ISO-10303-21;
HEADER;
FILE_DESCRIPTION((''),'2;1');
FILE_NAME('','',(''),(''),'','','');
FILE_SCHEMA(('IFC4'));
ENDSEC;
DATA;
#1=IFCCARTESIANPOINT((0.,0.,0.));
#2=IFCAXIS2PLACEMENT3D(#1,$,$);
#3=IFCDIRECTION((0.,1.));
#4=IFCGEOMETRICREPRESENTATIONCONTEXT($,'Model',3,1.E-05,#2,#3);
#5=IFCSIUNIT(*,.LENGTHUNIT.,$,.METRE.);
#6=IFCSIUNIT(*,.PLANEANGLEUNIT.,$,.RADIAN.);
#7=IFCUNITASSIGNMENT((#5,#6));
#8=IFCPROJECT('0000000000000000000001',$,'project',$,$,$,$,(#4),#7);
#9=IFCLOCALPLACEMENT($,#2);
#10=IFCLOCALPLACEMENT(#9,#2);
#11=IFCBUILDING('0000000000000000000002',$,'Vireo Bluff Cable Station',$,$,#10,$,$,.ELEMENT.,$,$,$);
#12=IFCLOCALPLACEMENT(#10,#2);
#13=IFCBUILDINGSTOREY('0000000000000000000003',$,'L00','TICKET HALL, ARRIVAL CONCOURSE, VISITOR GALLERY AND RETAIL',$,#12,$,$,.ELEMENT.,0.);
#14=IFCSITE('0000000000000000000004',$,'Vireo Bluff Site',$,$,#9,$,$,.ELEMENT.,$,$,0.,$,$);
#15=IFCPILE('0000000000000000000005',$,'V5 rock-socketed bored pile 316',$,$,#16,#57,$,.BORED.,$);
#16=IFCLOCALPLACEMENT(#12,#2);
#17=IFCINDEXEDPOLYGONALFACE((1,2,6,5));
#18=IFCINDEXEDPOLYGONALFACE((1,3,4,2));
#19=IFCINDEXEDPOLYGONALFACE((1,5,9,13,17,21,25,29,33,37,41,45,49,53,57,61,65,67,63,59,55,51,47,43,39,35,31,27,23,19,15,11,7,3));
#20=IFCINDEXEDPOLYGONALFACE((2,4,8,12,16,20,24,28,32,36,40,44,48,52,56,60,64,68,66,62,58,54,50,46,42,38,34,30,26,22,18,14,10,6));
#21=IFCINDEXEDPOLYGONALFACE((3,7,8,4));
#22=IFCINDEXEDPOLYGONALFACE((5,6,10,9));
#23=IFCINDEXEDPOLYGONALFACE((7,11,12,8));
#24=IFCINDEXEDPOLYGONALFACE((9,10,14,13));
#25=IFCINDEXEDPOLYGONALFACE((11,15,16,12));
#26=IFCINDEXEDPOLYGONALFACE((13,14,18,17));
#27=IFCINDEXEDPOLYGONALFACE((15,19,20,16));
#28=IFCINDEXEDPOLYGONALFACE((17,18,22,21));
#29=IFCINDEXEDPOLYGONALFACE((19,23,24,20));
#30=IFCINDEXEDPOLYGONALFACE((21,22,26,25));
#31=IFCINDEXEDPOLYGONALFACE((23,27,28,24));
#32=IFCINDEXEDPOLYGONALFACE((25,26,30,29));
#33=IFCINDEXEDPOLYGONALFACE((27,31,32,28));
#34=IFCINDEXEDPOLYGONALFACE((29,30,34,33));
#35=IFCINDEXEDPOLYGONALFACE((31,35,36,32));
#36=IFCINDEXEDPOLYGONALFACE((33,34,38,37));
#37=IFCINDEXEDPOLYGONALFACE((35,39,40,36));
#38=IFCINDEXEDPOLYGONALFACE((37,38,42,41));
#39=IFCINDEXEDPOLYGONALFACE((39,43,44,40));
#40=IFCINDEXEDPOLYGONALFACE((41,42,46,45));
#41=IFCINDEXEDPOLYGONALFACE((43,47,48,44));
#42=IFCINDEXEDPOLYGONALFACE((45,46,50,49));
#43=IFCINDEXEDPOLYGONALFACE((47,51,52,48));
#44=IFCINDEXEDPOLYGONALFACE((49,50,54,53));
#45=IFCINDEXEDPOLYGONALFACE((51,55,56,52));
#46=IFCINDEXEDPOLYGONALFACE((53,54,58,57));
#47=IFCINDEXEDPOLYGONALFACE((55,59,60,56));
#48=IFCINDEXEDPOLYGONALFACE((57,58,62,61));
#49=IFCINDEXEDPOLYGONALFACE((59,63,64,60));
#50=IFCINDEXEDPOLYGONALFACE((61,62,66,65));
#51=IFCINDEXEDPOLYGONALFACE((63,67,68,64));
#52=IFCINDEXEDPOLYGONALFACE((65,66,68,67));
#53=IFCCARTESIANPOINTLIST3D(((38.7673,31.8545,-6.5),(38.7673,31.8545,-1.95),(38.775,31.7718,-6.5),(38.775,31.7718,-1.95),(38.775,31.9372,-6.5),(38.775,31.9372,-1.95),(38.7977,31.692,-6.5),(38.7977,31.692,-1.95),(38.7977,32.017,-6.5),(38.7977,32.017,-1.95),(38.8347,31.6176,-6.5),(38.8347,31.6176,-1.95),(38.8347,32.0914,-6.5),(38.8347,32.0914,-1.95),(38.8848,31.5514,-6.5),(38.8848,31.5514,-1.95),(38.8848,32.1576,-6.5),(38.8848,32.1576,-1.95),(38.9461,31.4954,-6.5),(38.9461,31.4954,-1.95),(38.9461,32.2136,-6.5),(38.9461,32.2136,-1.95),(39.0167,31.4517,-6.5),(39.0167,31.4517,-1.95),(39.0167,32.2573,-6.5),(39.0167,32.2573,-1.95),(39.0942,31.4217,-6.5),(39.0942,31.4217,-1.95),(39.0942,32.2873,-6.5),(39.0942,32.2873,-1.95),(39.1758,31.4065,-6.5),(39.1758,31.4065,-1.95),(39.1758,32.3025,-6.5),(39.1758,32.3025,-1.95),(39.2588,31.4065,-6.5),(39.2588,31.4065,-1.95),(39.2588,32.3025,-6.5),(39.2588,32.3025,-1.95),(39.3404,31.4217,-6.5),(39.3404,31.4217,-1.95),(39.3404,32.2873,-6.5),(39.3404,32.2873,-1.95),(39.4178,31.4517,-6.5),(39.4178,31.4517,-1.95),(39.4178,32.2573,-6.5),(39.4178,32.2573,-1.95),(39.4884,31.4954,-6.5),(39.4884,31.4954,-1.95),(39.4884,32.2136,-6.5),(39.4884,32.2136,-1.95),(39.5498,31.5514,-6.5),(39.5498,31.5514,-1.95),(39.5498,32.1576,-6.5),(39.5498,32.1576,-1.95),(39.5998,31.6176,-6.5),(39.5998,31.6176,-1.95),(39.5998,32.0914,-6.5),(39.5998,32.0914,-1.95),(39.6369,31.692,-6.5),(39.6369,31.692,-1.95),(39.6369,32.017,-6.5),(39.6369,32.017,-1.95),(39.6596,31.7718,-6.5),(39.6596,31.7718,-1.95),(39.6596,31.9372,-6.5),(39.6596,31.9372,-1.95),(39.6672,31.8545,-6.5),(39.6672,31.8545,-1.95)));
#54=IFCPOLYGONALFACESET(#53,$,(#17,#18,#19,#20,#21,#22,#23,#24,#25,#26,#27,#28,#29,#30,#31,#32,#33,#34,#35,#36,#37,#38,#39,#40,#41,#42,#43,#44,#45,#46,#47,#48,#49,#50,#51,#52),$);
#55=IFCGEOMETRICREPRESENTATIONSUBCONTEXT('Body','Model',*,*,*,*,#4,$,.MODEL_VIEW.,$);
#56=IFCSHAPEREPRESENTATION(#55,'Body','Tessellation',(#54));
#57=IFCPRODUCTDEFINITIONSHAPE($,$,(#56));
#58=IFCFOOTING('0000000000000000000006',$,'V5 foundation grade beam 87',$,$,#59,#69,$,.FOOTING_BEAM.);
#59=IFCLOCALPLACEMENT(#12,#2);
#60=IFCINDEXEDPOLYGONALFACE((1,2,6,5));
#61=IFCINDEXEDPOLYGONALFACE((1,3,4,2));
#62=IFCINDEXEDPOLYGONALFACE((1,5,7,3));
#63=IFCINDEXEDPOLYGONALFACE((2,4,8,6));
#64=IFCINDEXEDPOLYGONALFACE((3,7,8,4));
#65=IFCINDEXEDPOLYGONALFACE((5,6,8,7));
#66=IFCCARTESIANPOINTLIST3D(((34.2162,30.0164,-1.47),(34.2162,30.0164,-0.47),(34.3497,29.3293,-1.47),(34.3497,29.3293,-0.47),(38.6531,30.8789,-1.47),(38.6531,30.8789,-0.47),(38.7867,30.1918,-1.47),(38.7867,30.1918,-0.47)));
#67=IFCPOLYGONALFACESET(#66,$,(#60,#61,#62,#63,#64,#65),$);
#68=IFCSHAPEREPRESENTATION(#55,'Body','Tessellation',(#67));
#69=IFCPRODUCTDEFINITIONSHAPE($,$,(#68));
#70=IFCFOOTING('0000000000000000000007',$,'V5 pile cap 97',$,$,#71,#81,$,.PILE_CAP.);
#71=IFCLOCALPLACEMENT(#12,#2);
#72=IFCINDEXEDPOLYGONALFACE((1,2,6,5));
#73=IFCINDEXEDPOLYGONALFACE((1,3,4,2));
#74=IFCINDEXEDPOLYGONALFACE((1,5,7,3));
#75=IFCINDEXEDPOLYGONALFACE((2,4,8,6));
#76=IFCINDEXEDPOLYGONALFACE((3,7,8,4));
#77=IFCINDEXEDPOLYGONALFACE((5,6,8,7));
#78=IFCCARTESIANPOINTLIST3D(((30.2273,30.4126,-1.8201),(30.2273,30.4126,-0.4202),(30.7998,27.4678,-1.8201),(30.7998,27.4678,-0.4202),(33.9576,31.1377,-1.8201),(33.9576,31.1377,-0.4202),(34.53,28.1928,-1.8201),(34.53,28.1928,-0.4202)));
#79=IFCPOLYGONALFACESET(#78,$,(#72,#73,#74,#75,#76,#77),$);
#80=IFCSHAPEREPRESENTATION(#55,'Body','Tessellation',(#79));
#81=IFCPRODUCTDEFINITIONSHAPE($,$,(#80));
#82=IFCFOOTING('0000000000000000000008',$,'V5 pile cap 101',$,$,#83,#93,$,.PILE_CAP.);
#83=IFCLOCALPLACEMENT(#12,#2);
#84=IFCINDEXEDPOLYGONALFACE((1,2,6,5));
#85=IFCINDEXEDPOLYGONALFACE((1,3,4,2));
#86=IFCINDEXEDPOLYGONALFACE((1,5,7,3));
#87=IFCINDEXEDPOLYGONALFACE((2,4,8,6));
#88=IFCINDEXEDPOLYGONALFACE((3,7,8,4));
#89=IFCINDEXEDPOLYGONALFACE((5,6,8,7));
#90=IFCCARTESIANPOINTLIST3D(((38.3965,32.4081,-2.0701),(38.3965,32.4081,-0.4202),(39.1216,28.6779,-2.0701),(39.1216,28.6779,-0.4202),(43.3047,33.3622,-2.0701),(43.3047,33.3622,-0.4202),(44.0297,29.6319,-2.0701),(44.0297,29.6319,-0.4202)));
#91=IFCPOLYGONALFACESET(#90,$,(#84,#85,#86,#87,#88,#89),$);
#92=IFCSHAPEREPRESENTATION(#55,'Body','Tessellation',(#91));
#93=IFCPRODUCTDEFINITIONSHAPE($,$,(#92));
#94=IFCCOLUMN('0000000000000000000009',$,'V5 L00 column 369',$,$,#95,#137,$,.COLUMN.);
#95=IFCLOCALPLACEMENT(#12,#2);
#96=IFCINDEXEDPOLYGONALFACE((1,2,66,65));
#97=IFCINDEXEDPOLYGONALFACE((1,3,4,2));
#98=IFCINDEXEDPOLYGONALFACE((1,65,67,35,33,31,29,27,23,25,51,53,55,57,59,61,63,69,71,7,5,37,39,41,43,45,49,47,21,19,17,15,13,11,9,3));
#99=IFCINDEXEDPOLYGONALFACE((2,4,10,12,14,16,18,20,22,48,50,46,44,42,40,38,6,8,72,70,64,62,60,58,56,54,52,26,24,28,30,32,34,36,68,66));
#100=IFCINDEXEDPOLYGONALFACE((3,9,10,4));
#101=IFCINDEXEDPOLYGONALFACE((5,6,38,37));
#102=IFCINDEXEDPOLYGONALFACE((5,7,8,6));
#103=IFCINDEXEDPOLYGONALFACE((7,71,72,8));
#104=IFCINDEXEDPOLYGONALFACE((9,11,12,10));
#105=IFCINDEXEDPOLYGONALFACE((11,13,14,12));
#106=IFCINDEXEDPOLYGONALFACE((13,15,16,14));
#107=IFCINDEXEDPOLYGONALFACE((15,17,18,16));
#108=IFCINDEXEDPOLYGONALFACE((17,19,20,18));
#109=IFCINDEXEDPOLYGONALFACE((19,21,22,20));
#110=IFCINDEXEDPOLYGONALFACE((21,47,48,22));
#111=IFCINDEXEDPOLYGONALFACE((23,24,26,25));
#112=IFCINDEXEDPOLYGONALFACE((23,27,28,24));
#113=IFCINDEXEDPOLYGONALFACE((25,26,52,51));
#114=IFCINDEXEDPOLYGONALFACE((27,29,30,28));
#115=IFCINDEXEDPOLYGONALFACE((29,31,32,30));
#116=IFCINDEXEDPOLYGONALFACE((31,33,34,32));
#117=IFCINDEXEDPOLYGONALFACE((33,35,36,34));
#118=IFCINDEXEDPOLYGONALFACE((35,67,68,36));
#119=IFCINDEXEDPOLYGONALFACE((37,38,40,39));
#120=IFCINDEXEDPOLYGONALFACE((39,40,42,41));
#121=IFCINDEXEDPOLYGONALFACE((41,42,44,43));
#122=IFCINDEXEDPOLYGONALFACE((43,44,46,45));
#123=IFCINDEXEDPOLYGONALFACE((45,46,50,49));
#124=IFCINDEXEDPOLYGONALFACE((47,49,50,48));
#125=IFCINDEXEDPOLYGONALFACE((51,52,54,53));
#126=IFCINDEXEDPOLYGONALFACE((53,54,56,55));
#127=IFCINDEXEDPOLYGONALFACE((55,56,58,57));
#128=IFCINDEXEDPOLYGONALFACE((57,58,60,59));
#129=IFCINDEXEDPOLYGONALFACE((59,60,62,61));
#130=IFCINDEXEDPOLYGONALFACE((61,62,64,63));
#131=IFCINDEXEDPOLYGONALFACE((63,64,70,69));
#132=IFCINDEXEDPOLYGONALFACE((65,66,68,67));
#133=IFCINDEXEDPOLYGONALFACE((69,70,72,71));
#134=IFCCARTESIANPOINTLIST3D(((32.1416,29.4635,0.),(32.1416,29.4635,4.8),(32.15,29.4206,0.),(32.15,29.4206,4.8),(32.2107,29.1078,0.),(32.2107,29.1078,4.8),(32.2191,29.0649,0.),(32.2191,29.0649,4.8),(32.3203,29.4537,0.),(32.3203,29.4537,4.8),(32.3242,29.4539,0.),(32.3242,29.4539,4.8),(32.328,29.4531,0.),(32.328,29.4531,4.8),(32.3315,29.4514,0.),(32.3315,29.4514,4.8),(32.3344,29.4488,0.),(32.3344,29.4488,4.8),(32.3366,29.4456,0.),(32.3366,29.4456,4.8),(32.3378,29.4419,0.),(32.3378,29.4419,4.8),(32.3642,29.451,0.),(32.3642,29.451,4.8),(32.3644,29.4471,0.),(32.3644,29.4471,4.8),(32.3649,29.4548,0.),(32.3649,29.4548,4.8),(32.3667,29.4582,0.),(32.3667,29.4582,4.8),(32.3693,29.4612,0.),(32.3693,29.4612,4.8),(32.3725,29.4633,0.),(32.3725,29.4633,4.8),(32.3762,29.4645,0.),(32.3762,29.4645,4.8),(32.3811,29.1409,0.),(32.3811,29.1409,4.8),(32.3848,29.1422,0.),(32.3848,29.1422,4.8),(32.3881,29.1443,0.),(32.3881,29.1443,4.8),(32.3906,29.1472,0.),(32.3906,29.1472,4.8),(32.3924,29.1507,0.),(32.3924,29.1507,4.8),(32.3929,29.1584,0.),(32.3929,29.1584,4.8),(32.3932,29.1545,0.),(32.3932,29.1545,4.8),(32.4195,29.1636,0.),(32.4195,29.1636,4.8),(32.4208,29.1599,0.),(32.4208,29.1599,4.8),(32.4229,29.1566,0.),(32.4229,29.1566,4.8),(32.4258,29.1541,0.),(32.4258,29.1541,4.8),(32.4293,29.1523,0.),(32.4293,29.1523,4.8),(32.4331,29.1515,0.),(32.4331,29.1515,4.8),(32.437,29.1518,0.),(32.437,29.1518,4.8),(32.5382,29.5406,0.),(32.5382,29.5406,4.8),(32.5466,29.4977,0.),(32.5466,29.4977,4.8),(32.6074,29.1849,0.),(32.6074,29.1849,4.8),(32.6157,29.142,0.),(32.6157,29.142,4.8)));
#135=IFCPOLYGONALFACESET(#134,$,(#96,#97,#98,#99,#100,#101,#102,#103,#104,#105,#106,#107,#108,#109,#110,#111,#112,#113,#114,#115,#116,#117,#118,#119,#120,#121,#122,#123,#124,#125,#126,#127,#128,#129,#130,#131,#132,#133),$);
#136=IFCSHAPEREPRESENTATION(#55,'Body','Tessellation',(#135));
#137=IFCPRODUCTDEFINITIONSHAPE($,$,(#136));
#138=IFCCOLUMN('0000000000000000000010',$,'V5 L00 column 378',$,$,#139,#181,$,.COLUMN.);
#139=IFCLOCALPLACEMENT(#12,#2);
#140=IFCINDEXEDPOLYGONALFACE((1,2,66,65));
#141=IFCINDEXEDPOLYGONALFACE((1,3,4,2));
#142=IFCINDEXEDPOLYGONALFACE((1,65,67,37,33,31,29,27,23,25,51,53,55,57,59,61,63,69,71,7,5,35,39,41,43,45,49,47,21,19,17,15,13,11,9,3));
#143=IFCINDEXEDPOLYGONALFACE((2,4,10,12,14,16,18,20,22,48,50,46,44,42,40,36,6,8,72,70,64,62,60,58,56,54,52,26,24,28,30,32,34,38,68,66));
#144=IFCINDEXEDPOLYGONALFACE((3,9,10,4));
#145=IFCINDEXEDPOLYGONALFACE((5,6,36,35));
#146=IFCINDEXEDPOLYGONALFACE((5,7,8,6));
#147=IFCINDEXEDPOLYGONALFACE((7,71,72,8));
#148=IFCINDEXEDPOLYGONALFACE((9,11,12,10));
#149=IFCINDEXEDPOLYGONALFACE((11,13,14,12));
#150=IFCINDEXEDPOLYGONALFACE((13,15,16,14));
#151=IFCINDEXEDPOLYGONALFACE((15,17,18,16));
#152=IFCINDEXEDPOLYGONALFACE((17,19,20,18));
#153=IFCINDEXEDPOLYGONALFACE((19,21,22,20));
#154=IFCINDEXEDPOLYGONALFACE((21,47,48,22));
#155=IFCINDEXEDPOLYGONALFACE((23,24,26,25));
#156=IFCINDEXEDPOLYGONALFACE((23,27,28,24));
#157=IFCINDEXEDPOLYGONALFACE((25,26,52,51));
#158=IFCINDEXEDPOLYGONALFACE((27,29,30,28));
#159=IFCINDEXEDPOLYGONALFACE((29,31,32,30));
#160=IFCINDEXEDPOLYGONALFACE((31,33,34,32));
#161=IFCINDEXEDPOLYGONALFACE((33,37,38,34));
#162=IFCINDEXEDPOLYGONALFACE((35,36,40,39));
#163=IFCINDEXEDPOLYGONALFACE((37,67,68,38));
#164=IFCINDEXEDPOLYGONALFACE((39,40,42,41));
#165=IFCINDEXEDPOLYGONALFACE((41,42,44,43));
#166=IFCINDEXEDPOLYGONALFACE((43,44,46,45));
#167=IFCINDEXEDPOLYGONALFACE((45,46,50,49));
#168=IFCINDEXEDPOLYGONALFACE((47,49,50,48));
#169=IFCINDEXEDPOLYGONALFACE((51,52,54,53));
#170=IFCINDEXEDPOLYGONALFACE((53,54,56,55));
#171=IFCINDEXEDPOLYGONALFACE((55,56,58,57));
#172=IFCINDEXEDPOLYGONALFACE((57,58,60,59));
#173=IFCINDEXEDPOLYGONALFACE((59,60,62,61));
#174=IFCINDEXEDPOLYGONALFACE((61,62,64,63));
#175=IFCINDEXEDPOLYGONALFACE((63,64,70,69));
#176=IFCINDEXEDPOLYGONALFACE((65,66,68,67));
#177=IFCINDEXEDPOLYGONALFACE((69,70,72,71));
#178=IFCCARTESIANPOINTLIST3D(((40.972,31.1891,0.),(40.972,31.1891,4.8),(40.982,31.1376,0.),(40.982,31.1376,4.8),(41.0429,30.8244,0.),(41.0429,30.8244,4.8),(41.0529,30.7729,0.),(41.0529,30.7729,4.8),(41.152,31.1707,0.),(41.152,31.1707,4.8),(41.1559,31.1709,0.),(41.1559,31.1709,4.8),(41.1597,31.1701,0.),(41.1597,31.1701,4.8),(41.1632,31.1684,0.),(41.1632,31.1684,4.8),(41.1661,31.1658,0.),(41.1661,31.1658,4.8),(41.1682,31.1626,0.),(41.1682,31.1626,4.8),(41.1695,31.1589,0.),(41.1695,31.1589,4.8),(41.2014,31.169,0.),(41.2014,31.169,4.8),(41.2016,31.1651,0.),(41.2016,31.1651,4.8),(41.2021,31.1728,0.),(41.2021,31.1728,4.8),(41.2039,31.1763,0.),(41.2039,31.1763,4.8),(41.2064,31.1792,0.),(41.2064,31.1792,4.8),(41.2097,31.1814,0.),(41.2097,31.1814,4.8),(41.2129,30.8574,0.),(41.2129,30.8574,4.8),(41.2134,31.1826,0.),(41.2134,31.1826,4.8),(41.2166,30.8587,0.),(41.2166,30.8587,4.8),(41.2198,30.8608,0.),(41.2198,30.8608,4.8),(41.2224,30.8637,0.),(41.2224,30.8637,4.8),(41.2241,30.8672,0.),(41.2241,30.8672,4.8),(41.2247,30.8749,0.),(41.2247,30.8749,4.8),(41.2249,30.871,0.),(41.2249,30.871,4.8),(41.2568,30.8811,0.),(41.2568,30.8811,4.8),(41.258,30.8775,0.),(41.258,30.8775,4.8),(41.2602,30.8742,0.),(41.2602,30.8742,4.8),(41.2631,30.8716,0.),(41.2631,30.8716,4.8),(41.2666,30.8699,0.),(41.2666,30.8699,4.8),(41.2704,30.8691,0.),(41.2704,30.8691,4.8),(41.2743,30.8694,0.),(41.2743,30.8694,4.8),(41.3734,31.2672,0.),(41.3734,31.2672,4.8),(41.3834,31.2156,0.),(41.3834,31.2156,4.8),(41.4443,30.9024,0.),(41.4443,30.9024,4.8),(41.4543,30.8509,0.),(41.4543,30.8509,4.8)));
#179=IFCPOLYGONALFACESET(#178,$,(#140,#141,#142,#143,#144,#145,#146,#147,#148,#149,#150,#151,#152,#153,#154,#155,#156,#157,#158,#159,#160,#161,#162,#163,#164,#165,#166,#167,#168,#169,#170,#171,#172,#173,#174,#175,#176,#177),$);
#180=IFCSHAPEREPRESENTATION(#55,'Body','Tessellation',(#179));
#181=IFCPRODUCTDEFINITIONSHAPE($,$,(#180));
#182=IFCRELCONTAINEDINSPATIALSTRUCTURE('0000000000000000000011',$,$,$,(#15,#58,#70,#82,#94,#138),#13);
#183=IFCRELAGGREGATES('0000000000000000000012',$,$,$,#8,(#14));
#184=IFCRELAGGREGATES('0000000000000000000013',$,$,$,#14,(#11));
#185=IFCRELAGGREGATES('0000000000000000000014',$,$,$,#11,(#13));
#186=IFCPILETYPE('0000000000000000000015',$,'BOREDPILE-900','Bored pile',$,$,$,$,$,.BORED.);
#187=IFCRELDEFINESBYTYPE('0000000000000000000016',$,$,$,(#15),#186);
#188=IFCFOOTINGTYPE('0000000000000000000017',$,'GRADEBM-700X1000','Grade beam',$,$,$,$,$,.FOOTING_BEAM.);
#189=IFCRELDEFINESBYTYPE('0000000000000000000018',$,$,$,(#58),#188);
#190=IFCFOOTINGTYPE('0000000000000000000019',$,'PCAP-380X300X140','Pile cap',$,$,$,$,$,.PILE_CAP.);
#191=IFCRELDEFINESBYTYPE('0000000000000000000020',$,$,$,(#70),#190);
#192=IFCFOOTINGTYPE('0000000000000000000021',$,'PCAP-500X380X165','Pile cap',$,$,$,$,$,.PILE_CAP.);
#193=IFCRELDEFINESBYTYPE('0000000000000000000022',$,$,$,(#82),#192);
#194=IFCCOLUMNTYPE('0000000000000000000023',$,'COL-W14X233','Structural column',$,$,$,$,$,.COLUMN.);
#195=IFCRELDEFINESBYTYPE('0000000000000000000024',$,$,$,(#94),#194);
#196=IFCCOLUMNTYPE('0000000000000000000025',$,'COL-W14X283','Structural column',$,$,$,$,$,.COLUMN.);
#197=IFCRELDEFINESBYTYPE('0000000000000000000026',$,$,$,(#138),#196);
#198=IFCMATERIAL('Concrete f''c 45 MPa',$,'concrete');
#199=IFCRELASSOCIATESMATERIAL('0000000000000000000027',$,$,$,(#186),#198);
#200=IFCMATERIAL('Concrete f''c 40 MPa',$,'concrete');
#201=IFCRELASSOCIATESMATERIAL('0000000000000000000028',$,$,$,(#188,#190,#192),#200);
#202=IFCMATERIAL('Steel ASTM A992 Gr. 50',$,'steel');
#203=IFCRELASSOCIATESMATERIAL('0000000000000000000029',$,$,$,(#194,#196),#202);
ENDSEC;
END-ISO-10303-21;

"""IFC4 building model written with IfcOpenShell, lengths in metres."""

from ifc_helpers import new_model, si_unit, direction, frame, origin, origin_2d, place, context, subcontext, project, spatial, rectangle, circle, i_section, extrude, material, material_profile, profile_set, type_object, element, save


model = new_model("IFC4")

# Units and contexts
model_context = context("Model", 3, precision=1e-05, world=origin(), true_north=direction((0.0, 1.0)))
body_context = subcontext(model_context, "Body", "Model", "MODEL_VIEW")
ifc_project = project(units=[si_unit("LENGTHUNIT", "METRE"), si_unit("PLANEANGLEUNIT", "RADIAN")], contexts=[model_context])

# Site, building, storey
site_placement = place(None, origin())
site = spatial("IfcSite", under=ifc_project, at=site_placement, Name="Vireo Bluff Site", CompositionType="ELEMENT", RefElevation=0.0)
building_placement = place(site_placement, origin())
building = spatial("IfcBuilding", under=site, at=building_placement, Name="Vireo Bluff Cable Station", CompositionType="ELEMENT")
storey_placement = place(building_placement, origin())
storey = spatial("IfcBuildingStorey", under=building, at=storey_placement, Name="L00", Description="TICKET HALL, ARRIVAL CONCOURSE, VISITOR GALLERY AND RETAIL", CompositionType="ELEMENT", Elevation=0.0)

# Pile
ifc_material_1 = material(Name="Concrete f'c 45 MPa", Category="concrete")
ifc_material_profile_1 = material_profile(ifc_material_1, circle(Radius=0.45, at=origin_2d()), Name="BOREDPILE-900")
ifc_profile_set_1 = profile_set([ifc_material_profile_1], Name="Concrete f'c 45 MPa")
pile_type_1 = type_object("IfcPileType", Name="BOREDPILE-900", Description="Bored pile", PredefinedType="BORED", material=ifc_profile_set_1)
for number, where, z_axis, x_axis, name in (
    (1, (39.2173, 31.8545, -1.95), (0.0, 0.0, -1.0), (1.0, 0.0, 0.0), "V5 rock-socketed bored pile 316"),
):
    element("IfcPile", number, at=place(storey_placement, frame(where, z_axis=z_axis, x_axis=x_axis)), inside=storey, type_object=pile_type_1, Name=name, PredefinedType="BORED", context=body_context, shape_type="SweptSolid", body=[
        extrude(circle(Radius=0.45, at=origin_2d()), origin(), (0.0, 0.0, 1.0), 4.55),
    ])

# Footings
ifc_material_2 = material(Name="Concrete f'c 40 MPa", Category="concrete")
ifc_material_profile_2 = material_profile(ifc_material_2, rectangle(XDim=0.7, YDim=1.0, at=origin_2d()), Name="GRADEBM-700X1000")
ifc_profile_set_2 = profile_set([ifc_material_profile_2], Name="Concrete f'c 40 MPa")
footing_type_1 = type_object("IfcFootingType", Name="GRADEBM-700X1000", Description="Grade beam", PredefinedType="FOOTING_BEAM", material=ifc_profile_set_2)
footing_1_placement = place(storey_placement, frame((34.283, 29.6729, -0.97), z_axis=(0.981624, 0.190826, 0.0), x_axis=(-0.190826, 0.981624, 0.0)))
element("IfcFooting", 2, at=footing_1_placement, inside=storey, type_object=footing_type_1, Name="V5 foundation grade beam 87", PredefinedType="FOOTING_BEAM", context=body_context, shape_type="SweptSolid", body=[
    extrude(rectangle(XDim=0.7, YDim=1.0, at=origin_2d()), origin(), (0.0, 0.0, 1.0), 4.52),
])
footing_type_2 = type_object("IfcFootingType", Name="PCAP-380X300X140", Description="Pile cap", PredefinedType="PILE_CAP", material=ifc_material_2)
footing_2_placement = place(storey_placement, frame((32.3787, 29.3027, -1.8201), z_axis=(0.0, 0.0, 1.0), x_axis=(0.981627, 0.190809, 0.0)))
element("IfcFooting", 3, at=footing_2_placement, inside=storey, type_object=footing_type_2, Name="V5 pile cap 97", PredefinedType="PILE_CAP", context=body_context, shape_type="SweptSolid", body=[
    extrude(rectangle(XDim=3.8, YDim=3.0, at=origin_2d()), origin(), (0.0, 0.0, 1.0), 1.3999),
])
footing_type_3 = type_object("IfcFootingType", Name="PCAP-500X380X165", Description="Pile cap", PredefinedType="PILE_CAP", material=ifc_material_2)
footing_3_placement = place(storey_placement, frame((41.2131, 31.02, -2.0701), z_axis=(0.0, 0.0, 1.0), x_axis=(0.981627, 0.190809, 0.0)))
element("IfcFooting", 4, at=footing_3_placement, inside=storey, type_object=footing_type_3, Name="V5 pile cap 101", PredefinedType="PILE_CAP", context=body_context, shape_type="SweptSolid", body=[
    extrude(rectangle(XDim=5.0, YDim=3.8, at=origin_2d()), origin(), (0.0, 0.0, 1.0), 1.6499),
])

# Columns
ifc_material_3 = material(Name="Steel ASTM A992 Gr. 50", Category="steel")
ifc_material_profile_3 = material_profile(ifc_material_3, i_section(OverallWidth=0.4041, OverallDepth=0.406, WebThickness=0.0271, FlangeThickness=0.0437, FilletRadius=0.0149, at=origin_2d()), Name="W14X233")
ifc_profile_set_3 = profile_set([ifc_material_profile_3], Name="Steel ASTM A992 Gr. 50")
column_type_1 = type_object("IfcColumnType", Name="COL-W14X233", Description="Structural column", PredefinedType="COLUMN", material=ifc_profile_set_3)
column_1_placement = place(storey_placement, frame((32.3787, 29.3027, 0.0), z_axis=(0.0, 0.0, 1.0), x_axis=(0.981627, 0.190809, 0.0)))
element("IfcColumn", 5, at=column_1_placement, inside=storey, type_object=column_type_1, Name="V5 L00 column 369", PredefinedType="COLUMN", context=body_context, shape_type="SweptSolid", body=[
    extrude(i_section(OverallWidth=0.4041, OverallDepth=0.406, WebThickness=0.0271, FlangeThickness=0.0437, FilletRadius=0.0149, at=origin_2d()), origin(), (0.0, 0.0, 1.0), 4.8),
])
ifc_material_profile_4 = material_profile(ifc_material_3, i_section(OverallWidth=0.4089, OverallDepth=0.4241, WebThickness=0.0327, FlangeThickness=0.0525, FilletRadius=0.0149, at=origin_2d()), Name="W14X283")
ifc_profile_set_4 = profile_set([ifc_material_profile_4], Name="Steel ASTM A992 Gr. 50")
column_type_2 = type_object("IfcColumnType", Name="COL-W14X283", Description="Structural column", PredefinedType="COLUMN", material=ifc_profile_set_4)
column_2_placement = place(storey_placement, frame((41.2131, 31.02, 0.0), z_axis=(0.0, 0.0, 1.0), x_axis=(0.981627, 0.190809, 0.0)))
element("IfcColumn", 6, at=column_2_placement, inside=storey, type_object=column_type_2, Name="V5 L00 column 378", PredefinedType="COLUMN", context=body_context, shape_type="SweptSolid", body=[
    extrude(i_section(OverallWidth=0.4089, OverallDepth=0.4241, WebThickness=0.0327, FlangeThickness=0.0525, FilletRadius=0.0149, at=origin_2d()), origin(), (0.0, 0.0, 1.0), 4.8),
])

save(model, "model.ifc")
